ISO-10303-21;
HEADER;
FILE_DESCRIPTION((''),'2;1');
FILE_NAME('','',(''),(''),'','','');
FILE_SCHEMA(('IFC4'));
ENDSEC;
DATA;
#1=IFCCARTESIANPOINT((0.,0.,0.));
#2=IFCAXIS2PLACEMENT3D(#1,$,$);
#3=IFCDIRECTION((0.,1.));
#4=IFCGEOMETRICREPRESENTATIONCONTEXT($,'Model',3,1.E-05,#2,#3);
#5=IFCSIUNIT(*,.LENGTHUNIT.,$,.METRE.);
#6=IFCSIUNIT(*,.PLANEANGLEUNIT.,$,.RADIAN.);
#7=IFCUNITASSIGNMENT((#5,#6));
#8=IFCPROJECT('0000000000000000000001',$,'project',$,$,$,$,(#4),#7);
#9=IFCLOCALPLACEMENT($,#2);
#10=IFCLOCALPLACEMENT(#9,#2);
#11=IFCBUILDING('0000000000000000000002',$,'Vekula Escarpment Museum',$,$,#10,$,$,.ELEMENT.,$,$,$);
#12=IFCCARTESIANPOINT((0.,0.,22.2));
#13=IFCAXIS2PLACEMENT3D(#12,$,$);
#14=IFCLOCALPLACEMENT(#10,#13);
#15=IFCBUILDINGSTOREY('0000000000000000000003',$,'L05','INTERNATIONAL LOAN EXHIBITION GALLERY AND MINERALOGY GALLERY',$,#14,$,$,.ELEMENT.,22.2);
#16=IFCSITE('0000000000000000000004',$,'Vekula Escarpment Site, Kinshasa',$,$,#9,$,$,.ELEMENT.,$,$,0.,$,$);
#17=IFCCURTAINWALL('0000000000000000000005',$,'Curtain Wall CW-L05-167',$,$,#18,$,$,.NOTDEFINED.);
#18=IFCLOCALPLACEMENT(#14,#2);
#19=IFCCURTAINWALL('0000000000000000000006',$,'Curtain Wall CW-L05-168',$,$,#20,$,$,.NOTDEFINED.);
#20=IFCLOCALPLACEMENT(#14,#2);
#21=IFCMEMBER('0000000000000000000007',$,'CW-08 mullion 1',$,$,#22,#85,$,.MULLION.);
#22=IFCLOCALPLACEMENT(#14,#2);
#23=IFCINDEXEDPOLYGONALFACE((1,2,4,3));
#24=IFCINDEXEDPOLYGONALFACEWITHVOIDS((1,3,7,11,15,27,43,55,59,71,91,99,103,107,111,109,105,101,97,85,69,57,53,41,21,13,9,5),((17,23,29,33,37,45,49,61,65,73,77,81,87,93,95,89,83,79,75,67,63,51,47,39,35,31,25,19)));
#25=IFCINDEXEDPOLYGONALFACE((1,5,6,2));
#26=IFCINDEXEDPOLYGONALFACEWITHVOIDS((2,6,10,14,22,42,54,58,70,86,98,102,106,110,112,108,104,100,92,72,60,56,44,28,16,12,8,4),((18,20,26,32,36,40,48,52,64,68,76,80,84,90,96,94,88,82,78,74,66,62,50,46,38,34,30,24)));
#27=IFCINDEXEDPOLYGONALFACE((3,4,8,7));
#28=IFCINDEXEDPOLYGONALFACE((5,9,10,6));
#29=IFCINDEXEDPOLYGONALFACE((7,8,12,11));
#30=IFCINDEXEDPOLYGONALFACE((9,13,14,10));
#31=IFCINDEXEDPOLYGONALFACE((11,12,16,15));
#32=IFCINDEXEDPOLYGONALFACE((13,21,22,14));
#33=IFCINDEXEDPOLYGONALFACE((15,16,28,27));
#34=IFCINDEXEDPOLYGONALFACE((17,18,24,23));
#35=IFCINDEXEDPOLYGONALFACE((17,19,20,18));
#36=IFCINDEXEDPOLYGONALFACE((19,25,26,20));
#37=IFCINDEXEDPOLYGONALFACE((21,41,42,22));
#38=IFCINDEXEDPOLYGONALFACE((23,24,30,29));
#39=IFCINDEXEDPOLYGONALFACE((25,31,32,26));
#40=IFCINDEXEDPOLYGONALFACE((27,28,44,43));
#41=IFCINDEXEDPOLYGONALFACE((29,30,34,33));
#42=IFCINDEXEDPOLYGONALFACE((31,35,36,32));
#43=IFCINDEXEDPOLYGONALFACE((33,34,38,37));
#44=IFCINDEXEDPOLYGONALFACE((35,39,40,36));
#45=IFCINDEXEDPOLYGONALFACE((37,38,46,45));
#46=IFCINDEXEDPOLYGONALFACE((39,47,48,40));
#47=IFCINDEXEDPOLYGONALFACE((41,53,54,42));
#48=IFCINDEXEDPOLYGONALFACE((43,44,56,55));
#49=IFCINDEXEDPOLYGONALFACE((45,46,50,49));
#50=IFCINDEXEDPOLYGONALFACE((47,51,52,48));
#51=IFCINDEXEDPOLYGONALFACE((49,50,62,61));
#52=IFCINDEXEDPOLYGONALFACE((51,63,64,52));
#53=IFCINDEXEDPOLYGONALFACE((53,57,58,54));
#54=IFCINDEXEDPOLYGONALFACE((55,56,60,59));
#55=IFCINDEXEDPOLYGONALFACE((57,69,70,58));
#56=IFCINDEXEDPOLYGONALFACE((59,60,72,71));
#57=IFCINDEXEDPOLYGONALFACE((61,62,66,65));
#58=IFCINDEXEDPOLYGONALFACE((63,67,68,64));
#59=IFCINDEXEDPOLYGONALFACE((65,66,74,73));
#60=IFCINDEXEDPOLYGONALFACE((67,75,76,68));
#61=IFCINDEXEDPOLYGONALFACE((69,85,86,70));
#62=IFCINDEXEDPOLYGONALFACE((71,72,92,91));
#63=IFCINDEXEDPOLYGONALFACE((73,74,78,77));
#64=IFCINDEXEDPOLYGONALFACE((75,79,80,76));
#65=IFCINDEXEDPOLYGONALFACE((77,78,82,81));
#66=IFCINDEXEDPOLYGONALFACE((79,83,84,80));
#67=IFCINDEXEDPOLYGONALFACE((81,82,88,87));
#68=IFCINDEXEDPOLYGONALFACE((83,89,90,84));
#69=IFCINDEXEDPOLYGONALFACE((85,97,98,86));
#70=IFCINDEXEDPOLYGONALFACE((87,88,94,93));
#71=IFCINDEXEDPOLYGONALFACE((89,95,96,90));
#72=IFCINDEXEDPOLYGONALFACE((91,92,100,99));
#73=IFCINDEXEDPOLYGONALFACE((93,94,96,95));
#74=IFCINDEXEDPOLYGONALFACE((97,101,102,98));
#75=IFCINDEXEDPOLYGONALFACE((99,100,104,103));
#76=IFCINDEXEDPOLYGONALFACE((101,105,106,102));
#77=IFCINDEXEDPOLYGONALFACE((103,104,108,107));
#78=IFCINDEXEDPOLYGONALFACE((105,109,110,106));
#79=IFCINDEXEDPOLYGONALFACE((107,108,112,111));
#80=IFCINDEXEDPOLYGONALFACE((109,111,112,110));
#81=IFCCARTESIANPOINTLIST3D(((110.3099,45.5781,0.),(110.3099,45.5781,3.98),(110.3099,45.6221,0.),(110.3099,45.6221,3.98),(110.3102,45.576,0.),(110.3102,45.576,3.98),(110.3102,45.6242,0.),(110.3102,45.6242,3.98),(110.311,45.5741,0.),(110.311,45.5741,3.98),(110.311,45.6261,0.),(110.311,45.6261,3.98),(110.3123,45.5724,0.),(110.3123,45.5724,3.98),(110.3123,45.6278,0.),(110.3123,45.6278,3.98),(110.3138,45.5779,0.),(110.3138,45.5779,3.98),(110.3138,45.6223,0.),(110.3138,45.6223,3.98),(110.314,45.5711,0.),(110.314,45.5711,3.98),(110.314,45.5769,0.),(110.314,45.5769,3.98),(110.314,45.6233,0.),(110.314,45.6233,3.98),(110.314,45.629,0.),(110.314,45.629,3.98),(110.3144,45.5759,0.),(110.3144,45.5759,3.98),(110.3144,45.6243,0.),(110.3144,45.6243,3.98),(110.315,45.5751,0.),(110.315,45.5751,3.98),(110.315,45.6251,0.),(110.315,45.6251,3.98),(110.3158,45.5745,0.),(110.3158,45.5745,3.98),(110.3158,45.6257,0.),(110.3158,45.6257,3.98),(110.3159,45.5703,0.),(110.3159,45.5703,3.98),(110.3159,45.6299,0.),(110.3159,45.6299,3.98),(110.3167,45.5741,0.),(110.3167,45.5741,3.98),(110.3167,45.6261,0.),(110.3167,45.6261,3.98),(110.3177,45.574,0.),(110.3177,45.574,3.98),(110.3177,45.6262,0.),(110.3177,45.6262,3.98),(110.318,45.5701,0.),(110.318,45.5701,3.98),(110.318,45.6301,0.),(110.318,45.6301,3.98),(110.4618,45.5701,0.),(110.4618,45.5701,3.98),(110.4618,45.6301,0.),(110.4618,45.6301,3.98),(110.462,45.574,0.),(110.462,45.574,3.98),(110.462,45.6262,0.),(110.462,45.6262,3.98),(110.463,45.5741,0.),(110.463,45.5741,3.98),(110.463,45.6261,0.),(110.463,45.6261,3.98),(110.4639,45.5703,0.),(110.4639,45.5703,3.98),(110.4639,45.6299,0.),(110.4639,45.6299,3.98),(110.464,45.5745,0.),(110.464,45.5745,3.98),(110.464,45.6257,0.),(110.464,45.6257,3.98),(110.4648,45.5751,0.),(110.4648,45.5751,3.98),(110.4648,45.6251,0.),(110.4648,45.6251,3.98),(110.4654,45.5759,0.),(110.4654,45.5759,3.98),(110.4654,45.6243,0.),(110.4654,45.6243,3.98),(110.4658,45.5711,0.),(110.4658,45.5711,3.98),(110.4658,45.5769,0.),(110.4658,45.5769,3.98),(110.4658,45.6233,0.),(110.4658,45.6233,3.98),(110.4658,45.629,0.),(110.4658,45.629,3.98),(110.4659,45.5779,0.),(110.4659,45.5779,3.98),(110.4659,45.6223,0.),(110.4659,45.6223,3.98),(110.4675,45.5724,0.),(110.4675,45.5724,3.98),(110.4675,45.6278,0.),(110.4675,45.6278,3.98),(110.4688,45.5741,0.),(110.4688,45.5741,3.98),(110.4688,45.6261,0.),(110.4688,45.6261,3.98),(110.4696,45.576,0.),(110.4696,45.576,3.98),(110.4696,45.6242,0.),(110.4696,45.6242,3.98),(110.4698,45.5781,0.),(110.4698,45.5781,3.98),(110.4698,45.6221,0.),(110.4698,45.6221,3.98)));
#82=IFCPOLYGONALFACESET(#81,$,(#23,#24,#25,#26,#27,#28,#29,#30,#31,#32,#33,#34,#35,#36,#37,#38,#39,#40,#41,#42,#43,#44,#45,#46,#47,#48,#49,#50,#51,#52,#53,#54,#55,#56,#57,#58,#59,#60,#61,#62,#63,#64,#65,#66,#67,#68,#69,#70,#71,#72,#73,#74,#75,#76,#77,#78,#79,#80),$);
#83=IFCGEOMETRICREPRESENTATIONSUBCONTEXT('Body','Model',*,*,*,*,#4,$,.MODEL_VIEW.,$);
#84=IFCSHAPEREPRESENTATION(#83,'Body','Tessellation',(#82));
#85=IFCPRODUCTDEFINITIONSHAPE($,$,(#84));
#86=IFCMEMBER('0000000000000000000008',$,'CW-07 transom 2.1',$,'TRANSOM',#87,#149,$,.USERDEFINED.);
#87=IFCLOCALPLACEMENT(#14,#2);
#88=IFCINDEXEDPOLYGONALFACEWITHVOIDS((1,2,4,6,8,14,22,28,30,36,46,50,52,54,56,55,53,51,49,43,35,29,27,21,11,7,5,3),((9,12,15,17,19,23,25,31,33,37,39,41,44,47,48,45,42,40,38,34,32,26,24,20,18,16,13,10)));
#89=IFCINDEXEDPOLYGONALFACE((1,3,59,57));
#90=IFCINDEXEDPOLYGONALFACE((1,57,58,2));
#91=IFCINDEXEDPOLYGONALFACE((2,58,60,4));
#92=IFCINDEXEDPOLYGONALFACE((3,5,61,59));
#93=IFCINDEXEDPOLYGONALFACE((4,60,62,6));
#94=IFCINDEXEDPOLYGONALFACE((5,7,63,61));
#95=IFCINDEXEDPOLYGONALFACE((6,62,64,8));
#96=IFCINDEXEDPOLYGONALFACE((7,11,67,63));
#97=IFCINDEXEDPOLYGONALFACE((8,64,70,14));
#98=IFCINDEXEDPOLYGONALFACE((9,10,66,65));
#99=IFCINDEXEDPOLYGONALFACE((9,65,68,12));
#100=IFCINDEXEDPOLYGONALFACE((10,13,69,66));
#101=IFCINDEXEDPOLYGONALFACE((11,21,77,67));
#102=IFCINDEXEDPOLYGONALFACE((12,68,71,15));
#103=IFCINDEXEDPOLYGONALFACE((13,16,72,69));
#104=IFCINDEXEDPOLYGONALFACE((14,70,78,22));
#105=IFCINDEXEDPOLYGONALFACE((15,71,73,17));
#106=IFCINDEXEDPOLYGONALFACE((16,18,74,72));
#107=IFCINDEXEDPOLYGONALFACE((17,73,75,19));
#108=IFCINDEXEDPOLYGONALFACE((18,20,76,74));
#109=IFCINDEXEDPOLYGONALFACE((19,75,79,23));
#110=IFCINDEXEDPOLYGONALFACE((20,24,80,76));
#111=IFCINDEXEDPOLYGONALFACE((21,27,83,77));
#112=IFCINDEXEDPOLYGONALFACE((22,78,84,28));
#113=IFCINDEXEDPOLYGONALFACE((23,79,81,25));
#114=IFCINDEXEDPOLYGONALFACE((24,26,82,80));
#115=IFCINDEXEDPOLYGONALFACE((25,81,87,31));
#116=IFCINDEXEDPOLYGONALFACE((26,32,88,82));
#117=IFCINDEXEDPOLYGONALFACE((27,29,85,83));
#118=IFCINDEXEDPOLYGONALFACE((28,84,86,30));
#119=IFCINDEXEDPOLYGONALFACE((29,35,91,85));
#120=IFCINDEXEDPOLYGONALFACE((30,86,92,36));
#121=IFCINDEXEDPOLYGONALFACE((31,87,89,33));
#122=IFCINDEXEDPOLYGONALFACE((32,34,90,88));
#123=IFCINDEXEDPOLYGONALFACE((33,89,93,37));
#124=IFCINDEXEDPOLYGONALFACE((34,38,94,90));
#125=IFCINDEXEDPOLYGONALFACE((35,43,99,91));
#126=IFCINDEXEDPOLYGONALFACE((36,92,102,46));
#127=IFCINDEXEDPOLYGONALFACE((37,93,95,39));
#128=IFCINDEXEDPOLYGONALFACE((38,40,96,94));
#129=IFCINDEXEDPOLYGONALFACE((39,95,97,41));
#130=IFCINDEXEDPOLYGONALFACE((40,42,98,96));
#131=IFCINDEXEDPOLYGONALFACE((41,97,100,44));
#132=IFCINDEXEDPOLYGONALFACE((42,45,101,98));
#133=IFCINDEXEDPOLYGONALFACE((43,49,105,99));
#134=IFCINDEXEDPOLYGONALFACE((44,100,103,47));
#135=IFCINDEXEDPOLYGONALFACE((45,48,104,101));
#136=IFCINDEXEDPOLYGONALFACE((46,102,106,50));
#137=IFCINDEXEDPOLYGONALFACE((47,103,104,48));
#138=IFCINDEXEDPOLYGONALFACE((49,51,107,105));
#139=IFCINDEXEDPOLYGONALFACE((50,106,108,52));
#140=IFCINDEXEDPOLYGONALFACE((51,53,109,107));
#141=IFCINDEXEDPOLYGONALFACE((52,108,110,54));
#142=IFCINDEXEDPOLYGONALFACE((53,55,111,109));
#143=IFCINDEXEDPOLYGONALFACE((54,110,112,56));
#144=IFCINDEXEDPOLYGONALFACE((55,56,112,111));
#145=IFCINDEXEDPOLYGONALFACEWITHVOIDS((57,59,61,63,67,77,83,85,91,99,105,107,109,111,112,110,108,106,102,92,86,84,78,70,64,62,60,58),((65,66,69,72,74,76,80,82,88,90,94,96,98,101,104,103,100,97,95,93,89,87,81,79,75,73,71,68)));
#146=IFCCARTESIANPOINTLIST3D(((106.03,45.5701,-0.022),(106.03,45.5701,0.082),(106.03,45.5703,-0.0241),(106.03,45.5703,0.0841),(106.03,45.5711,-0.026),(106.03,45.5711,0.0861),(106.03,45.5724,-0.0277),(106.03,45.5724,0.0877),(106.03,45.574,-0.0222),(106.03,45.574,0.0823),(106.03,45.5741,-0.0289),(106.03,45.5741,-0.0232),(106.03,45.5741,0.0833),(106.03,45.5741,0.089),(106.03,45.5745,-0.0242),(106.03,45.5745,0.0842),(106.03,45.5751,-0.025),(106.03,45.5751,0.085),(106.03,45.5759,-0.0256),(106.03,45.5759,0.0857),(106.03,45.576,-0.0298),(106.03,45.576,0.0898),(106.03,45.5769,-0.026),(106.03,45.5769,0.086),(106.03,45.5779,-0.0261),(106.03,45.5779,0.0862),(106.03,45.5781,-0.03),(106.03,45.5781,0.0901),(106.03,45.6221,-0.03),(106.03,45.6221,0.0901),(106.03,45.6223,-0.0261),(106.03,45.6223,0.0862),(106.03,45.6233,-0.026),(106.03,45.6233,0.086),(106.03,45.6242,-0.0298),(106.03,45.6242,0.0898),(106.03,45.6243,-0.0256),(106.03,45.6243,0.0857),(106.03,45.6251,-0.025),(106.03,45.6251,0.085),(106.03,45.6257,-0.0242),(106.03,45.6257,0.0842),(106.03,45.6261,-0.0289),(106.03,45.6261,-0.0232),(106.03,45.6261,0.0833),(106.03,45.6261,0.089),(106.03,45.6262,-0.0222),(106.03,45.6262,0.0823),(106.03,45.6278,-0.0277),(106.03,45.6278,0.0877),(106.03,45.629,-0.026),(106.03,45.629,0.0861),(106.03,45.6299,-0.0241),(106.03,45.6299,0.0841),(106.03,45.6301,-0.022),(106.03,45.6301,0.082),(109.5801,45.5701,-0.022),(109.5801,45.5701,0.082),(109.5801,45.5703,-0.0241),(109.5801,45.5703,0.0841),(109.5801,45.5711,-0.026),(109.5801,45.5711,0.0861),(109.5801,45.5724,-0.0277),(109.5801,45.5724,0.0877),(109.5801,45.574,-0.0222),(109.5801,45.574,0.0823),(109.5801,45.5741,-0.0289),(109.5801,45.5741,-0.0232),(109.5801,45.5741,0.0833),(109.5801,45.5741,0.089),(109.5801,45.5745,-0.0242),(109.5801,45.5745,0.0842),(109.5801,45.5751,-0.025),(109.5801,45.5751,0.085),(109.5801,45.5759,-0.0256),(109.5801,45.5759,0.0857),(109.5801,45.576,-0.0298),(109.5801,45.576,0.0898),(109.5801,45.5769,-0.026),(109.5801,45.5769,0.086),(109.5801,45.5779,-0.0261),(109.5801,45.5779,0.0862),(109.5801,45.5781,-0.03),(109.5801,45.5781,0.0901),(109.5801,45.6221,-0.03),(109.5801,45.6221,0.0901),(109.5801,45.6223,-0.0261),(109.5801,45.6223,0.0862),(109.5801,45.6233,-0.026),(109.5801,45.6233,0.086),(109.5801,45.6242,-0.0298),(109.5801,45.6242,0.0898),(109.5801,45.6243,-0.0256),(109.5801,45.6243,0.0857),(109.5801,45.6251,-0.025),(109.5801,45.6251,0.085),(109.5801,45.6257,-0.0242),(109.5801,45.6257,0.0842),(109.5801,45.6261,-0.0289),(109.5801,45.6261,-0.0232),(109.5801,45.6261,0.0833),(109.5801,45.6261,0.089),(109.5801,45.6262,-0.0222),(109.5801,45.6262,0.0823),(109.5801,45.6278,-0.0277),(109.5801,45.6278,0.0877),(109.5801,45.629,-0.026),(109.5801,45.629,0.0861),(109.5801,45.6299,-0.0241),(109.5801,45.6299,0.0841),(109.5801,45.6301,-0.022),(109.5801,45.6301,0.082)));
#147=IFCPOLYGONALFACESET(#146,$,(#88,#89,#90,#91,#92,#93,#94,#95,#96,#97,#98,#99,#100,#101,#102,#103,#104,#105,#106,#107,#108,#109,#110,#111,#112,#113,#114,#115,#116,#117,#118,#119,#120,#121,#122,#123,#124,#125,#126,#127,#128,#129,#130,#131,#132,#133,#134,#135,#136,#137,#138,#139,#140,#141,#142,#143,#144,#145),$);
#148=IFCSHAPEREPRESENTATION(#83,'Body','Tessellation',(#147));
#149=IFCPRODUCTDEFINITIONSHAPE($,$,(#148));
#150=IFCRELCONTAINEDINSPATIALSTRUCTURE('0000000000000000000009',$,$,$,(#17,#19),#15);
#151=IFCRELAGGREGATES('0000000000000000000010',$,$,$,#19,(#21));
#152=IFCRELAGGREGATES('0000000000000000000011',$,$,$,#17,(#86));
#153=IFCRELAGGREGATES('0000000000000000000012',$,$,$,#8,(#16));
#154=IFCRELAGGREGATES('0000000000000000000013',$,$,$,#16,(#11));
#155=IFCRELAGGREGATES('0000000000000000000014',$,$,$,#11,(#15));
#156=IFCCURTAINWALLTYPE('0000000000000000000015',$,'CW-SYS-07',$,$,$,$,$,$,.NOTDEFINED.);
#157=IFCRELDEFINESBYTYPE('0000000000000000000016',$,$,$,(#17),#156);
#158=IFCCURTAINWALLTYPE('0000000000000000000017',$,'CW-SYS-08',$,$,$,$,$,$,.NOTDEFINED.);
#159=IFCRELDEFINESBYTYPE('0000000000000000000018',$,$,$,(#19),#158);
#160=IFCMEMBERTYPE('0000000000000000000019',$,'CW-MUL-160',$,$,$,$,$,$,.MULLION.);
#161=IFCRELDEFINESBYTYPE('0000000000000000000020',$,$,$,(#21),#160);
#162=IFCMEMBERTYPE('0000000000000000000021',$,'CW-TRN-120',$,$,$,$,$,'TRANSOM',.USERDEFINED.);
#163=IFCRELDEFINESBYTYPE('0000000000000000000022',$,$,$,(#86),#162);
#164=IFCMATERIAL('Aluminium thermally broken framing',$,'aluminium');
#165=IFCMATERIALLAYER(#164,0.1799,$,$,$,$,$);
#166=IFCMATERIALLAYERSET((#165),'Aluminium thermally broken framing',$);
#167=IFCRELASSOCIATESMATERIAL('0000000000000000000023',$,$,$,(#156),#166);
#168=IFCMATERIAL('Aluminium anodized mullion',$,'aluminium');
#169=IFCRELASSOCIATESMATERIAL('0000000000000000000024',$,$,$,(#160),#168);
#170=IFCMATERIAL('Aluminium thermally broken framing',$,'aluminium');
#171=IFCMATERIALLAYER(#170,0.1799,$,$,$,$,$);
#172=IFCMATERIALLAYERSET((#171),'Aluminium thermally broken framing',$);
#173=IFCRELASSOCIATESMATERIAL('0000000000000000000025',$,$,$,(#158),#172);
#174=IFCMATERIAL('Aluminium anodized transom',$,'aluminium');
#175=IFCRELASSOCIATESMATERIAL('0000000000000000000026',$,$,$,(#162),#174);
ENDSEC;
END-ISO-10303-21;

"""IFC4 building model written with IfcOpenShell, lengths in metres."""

from ifc_helpers import new_model, si_unit, direction, frame, origin, origin_2d, place, context, subcontext, project, spatial, hollow_rectangle, extrude, material, layer, layer_set, material_profile, profile_set, type_object, element, aggregate, save


model = new_model("IFC4")

# Units and contexts
model_context = context("Model", 3, precision=1e-05, world=origin(), true_north=direction((0.0, 1.0)))
body_context = subcontext(model_context, "Body", "Model", "MODEL_VIEW")
ifc_project = project(units=[si_unit("LENGTHUNIT", "METRE"), si_unit("PLANEANGLEUNIT", "RADIAN")], contexts=[model_context])

# Site, building, storey
site_placement = place(None, origin())
site = spatial("IfcSite", under=ifc_project, at=site_placement, Name="Vekula Escarpment Site, Kinshasa", CompositionType="ELEMENT", RefElevation=0.0)
building_placement = place(site_placement, origin())
building = spatial("IfcBuilding", under=site, at=building_placement, Name="Vekula Escarpment Museum", CompositionType="ELEMENT")
storey_placement = place(building_placement, frame((0.0, 0.0, 22.2)))
storey = spatial("IfcBuildingStorey", under=building, at=storey_placement, Name="L05", Description="INTERNATIONAL LOAN EXHIBITION GALLERY AND MINERALOGY GALLERY", CompositionType="ELEMENT", Elevation=22.2)

# Curtain wall
ifc_material_1 = material(Name="Aluminium thermally broken framing", Category="aluminium")
ifc_layer_1 = layer(ifc_material_1, 0.1799)
ifc_layer_set_1 = layer_set([ifc_layer_1], Name="Aluminium thermally broken framing")
curtain_wall_type_1 = type_object("IfcCurtainWallType", Name="CW-SYS-07", PredefinedType="NOTDEFINED", material=ifc_layer_set_1)
curtain_wall_1_placement = place(storey_placement, origin())
curtain_wall_1 = element("IfcCurtainWall", 1, at=curtain_wall_1_placement, inside=storey, type_object=curtain_wall_type_1, Name="Curtain Wall CW-L05-167", PredefinedType="NOTDEFINED")
ifc_material_2 = material(Name="Aluminium anodized mullion", Category="aluminium")
ifc_material_profile_1 = material_profile(ifc_material_2, hollow_rectangle(XDim=0.0601, YDim=0.1599, WallThickness=0.0039, InnerFilletRadius=0.0039, OuterFilletRadius=0.0081, at=origin_2d()), Name="ALU 160x60x4")
ifc_profile_set_1 = profile_set([ifc_material_profile_1], Name="Aluminium anodized mullion")
member_type_1 = type_object("IfcMemberType", Name="CW-MUL-160", PredefinedType="MULLION", material=ifc_profile_set_1)

# Curtain wall, member
ifc_material_3 = material(Name="Aluminium thermally broken framing", Category="aluminium")
ifc_layer_2 = layer(ifc_material_3, 0.1799)
ifc_layer_set_2 = layer_set([ifc_layer_2], Name="Aluminium thermally broken framing")
curtain_wall_type_2 = type_object("IfcCurtainWallType", Name="CW-SYS-08", PredefinedType="NOTDEFINED", material=ifc_layer_set_2)
curtain_wall_2_placement = place(storey_placement, origin())
curtain_wall_2 = element("IfcCurtainWall", 2, at=curtain_wall_2_placement, inside=storey, type_object=curtain_wall_type_2, Name="Curtain Wall CW-L05-168", PredefinedType="NOTDEFINED")
member_1_placement = place(storey_placement, frame((110.3899, 45.6001, 0.0), z_axis=(0.0, 0.0, 1.0), x_axis=(0.0, 1.0, 0.0)))
member_1 = element("IfcMember", 3, at=member_1_placement, type_object=member_type_1, Name="CW-08 mullion 1", PredefinedType="MULLION", context=body_context, shape_type="SweptSolid", body=[
    extrude(hollow_rectangle(XDim=0.0601, YDim=0.1599, WallThickness=0.0039, InnerFilletRadius=0.0039, OuterFilletRadius=0.0081, at=origin_2d()), origin(), (0.0, 0.0, 1.0), 3.98),
])

# Member
ifc_material_4 = material(Name="Aluminium anodized transom", Category="aluminium")
ifc_material_profile_2 = material_profile(ifc_material_4, hollow_rectangle(XDim=0.0601, YDim=0.1201, WallThickness=0.0039, InnerFilletRadius=0.0039, OuterFilletRadius=0.0081, at=origin_2d()), Name="ALU 120x60x4")
ifc_profile_set_2 = profile_set([ifc_material_profile_2], Name="Aluminium anodized transom")
member_type_2 = type_object("IfcMemberType", Name="CW-TRN-120", ElementType="TRANSOM", PredefinedType="USERDEFINED", material=ifc_profile_set_2)
member_2_placement = place(storey_placement, frame((106.03, 45.6001, 0.03), z_axis=(1.0, 0.0, 0.0), x_axis=(0.0, 1.0, 0.0)))
member_2 = element("IfcMember", 4, at=member_2_placement, type_object=member_type_2, Name="CW-07 transom 2.1", ObjectType="TRANSOM", PredefinedType="USERDEFINED", context=body_context, shape_type="SweptSolid", body=[
    extrude(hollow_rectangle(XDim=0.0601, YDim=0.1201, WallThickness=0.0039, InnerFilletRadius=0.0039, OuterFilletRadius=0.0081, at=origin_2d()), origin(), (0.0, 0.0, 1.0), 3.55),
])
aggregate(curtain_wall_2, [member_1])

aggregate(curtain_wall_1, [member_2])

save(model, "model.ifc")
